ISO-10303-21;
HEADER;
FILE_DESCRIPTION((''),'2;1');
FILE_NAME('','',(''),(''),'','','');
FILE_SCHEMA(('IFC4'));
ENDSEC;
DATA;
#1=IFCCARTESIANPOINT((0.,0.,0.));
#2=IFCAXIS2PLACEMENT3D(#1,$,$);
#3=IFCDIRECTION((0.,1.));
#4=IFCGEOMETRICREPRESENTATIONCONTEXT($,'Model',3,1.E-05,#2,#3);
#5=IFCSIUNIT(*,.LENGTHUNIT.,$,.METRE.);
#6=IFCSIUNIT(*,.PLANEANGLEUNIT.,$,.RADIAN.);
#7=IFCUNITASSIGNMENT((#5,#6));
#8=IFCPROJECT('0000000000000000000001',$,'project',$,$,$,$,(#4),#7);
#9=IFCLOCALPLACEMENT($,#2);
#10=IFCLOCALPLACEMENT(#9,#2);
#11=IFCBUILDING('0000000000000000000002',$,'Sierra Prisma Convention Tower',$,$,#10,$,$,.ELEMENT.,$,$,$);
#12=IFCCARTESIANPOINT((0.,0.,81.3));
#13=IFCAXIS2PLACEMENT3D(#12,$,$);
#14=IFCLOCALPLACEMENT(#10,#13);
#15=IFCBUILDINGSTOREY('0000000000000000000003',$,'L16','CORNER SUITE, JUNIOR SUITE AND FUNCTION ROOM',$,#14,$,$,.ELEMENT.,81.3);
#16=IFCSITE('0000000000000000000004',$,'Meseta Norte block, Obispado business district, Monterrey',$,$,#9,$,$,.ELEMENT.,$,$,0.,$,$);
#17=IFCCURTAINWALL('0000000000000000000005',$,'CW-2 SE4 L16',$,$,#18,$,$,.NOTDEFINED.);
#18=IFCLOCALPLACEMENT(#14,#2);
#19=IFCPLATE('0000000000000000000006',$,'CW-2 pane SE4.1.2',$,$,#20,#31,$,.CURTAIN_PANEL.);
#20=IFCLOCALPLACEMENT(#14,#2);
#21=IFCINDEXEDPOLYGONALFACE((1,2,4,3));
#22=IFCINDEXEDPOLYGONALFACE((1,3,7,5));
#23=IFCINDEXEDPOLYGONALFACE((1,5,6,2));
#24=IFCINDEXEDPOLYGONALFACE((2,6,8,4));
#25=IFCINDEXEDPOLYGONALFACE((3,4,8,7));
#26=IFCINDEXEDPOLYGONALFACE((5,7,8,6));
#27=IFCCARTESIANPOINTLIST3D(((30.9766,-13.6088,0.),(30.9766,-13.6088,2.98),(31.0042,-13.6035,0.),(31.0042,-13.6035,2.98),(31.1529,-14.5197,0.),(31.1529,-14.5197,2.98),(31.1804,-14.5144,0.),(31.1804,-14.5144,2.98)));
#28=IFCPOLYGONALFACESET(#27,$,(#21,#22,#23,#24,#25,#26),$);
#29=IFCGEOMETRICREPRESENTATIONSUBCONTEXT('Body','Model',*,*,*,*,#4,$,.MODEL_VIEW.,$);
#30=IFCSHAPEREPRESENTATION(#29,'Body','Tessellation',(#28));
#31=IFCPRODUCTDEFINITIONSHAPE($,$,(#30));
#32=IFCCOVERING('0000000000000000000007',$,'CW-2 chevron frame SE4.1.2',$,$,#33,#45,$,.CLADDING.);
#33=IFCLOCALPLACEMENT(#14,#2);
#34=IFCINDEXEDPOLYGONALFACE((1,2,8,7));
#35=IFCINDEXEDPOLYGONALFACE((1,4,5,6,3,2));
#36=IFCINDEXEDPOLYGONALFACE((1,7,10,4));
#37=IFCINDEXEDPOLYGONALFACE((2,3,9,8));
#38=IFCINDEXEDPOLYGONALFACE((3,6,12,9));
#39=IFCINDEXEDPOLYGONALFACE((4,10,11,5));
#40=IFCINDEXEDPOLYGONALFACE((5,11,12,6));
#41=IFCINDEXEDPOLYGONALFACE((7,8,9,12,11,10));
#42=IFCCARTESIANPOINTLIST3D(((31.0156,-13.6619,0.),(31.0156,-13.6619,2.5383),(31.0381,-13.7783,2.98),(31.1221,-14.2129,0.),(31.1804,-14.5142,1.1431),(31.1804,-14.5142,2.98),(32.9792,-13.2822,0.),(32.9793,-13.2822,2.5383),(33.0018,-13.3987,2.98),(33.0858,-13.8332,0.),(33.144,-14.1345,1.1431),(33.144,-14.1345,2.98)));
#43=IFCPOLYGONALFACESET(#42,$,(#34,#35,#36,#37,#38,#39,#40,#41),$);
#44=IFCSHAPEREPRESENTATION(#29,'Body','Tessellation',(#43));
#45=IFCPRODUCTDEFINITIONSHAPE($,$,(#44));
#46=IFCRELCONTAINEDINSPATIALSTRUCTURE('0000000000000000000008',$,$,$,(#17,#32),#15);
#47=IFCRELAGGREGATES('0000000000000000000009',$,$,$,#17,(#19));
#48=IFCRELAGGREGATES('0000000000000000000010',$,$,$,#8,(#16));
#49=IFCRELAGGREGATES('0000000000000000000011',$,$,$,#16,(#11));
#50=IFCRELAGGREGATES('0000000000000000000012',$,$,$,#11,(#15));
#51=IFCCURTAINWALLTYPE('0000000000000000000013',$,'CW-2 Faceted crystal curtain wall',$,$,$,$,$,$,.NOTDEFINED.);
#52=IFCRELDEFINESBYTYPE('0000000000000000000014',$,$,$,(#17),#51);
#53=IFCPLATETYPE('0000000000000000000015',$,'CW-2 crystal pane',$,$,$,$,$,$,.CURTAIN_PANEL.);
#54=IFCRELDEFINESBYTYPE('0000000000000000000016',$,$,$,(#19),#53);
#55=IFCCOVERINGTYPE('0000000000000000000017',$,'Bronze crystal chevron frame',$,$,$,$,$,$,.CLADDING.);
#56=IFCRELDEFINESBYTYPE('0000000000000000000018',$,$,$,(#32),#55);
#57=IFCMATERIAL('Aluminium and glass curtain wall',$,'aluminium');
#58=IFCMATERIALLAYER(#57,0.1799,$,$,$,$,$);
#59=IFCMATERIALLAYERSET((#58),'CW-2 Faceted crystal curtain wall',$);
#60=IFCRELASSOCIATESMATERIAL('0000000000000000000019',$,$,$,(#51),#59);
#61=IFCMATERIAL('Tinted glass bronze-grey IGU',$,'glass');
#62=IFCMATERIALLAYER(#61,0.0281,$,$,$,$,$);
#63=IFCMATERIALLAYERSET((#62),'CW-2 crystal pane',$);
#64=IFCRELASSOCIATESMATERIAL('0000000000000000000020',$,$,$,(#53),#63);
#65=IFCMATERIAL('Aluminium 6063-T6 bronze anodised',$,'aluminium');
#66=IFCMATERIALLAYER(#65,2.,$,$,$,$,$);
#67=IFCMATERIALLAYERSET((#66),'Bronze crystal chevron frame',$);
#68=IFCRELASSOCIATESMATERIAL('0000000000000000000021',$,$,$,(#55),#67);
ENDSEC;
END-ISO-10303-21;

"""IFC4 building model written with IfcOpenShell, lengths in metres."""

from ifc_helpers import new_model, si_unit, direction, frame, origin, place, context, subcontext, project, spatial, polyline, outline, extrude, material, layer, layer_set, type_object, element, aggregate, save


model = new_model("IFC4")

# Units and contexts
model_context = context("Model", 3, precision=1e-05, world=origin(), true_north=direction((0.0, 1.0)))
body_context = subcontext(model_context, "Body", "Model", "MODEL_VIEW")
ifc_project = project(units=[si_unit("LENGTHUNIT", "METRE"), si_unit("PLANEANGLEUNIT", "RADIAN")], contexts=[model_context])

# Site, building, storey
site_placement = place(None, origin())
site = spatial("IfcSite", under=ifc_project, at=site_placement, Name="Meseta Norte block, Obispado business district, Monterrey", CompositionType="ELEMENT", RefElevation=0.0)
building_placement = place(site_placement, origin())
building = spatial("IfcBuilding", under=site, at=building_placement, Name="Sierra Prisma Convention Tower", CompositionType="ELEMENT")
storey_placement = place(building_placement, frame((0.0, 0.0, 81.3)))
storey = spatial("IfcBuildingStorey", under=building, at=storey_placement, Name="L16", Description="CORNER SUITE, JUNIOR SUITE AND FUNCTION ROOM", CompositionType="ELEMENT", Elevation=81.3)

# Curtain wall
ifc_material_1 = material(Name="Aluminium and glass curtain wall", Category="aluminium")
ifc_layer_1 = layer(ifc_material_1, 0.1799)
ifc_layer_set_1 = layer_set([ifc_layer_1], Name="CW-2 Faceted crystal curtain wall")
curtain_wall_type_1 = type_object("IfcCurtainWallType", Name="CW-2 Faceted crystal curtain wall", PredefinedType="NOTDEFINED", material=ifc_layer_set_1)
curtain_wall_1_placement = place(storey_placement, origin())
curtain_wall_1 = element("IfcCurtainWall", 1, at=curtain_wall_1_placement, inside=storey, type_object=curtain_wall_type_1, Name="CW-2 SE4 L16", PredefinedType="NOTDEFINED")

# Plate
ifc_material_2 = material(Name="Tinted glass bronze-grey IGU", Category="glass")
ifc_layer_2 = layer(ifc_material_2, 0.0281)
ifc_layer_set_2 = layer_set([ifc_layer_2], Name="CW-2 crystal pane")
plate_type_1 = type_object("IfcPlateType", Name="CW-2 crystal pane", PredefinedType="CURTAIN_PANEL", material=ifc_layer_set_2)
plate_1_placement = place(storey_placement, frame((31.0042, -13.6035, 0.0), z_axis=(0.981786, 0.189989, 0.0), x_axis=(0.189989, -0.981786, 0.0)))
plate_1 = element("IfcPlate", 2, at=plate_1_placement, type_object=plate_type_1, Name="CW-2 pane SE4.1.2", PredefinedType="CURTAIN_PANEL", context=body_context, shape_type="SweptSolid", body=[
    extrude(outline(polyline([(0.0, 0.0), (0.9278, 0.0), (0.9278, -2.98), (0.0, -2.98), (0.0, 0.0)])), origin(), (0.0, 0.0, -1.0), 0.0281),
])
aggregate(curtain_wall_1, [plate_1])

# Covering
ifc_material_3 = material(Name="Aluminium 6063-T6 bronze anodised", Category="aluminium")
ifc_layer_3 = layer(ifc_material_3, 2.0)
ifc_layer_set_3 = layer_set([ifc_layer_3], Name="Bronze crystal chevron frame")
covering_type = type_object("IfcCoveringType", Name="Bronze crystal chevron frame", PredefinedType="CLADDING", material=ifc_layer_set_3)
covering_placement = place(storey_placement, frame((33.144, -14.1345, 2.98), z_axis=(0.981819, 0.189821, -0.000007), x_axis=(-0.000007, -0.000001, -1.0)))
element("IfcCovering", 3, at=covering_placement, inside=storey, type_object=covering_type, Name="CW-2 chevron frame SE4.1.2", PredefinedType="CLADDING", context=body_context, shape_type="SweptSolid", body=[
    extrude(outline(polyline([(0.0, 0.0), (1.8369, 0.0), (2.98, 0.3069), (2.98, 0.8681), (0.4417, 0.8681), (0.0, 0.7495), (0.0, 0.0)])), origin(), (0.0, 0.0, -1.0), 2.0),
])

save(model, "model.ifc")
